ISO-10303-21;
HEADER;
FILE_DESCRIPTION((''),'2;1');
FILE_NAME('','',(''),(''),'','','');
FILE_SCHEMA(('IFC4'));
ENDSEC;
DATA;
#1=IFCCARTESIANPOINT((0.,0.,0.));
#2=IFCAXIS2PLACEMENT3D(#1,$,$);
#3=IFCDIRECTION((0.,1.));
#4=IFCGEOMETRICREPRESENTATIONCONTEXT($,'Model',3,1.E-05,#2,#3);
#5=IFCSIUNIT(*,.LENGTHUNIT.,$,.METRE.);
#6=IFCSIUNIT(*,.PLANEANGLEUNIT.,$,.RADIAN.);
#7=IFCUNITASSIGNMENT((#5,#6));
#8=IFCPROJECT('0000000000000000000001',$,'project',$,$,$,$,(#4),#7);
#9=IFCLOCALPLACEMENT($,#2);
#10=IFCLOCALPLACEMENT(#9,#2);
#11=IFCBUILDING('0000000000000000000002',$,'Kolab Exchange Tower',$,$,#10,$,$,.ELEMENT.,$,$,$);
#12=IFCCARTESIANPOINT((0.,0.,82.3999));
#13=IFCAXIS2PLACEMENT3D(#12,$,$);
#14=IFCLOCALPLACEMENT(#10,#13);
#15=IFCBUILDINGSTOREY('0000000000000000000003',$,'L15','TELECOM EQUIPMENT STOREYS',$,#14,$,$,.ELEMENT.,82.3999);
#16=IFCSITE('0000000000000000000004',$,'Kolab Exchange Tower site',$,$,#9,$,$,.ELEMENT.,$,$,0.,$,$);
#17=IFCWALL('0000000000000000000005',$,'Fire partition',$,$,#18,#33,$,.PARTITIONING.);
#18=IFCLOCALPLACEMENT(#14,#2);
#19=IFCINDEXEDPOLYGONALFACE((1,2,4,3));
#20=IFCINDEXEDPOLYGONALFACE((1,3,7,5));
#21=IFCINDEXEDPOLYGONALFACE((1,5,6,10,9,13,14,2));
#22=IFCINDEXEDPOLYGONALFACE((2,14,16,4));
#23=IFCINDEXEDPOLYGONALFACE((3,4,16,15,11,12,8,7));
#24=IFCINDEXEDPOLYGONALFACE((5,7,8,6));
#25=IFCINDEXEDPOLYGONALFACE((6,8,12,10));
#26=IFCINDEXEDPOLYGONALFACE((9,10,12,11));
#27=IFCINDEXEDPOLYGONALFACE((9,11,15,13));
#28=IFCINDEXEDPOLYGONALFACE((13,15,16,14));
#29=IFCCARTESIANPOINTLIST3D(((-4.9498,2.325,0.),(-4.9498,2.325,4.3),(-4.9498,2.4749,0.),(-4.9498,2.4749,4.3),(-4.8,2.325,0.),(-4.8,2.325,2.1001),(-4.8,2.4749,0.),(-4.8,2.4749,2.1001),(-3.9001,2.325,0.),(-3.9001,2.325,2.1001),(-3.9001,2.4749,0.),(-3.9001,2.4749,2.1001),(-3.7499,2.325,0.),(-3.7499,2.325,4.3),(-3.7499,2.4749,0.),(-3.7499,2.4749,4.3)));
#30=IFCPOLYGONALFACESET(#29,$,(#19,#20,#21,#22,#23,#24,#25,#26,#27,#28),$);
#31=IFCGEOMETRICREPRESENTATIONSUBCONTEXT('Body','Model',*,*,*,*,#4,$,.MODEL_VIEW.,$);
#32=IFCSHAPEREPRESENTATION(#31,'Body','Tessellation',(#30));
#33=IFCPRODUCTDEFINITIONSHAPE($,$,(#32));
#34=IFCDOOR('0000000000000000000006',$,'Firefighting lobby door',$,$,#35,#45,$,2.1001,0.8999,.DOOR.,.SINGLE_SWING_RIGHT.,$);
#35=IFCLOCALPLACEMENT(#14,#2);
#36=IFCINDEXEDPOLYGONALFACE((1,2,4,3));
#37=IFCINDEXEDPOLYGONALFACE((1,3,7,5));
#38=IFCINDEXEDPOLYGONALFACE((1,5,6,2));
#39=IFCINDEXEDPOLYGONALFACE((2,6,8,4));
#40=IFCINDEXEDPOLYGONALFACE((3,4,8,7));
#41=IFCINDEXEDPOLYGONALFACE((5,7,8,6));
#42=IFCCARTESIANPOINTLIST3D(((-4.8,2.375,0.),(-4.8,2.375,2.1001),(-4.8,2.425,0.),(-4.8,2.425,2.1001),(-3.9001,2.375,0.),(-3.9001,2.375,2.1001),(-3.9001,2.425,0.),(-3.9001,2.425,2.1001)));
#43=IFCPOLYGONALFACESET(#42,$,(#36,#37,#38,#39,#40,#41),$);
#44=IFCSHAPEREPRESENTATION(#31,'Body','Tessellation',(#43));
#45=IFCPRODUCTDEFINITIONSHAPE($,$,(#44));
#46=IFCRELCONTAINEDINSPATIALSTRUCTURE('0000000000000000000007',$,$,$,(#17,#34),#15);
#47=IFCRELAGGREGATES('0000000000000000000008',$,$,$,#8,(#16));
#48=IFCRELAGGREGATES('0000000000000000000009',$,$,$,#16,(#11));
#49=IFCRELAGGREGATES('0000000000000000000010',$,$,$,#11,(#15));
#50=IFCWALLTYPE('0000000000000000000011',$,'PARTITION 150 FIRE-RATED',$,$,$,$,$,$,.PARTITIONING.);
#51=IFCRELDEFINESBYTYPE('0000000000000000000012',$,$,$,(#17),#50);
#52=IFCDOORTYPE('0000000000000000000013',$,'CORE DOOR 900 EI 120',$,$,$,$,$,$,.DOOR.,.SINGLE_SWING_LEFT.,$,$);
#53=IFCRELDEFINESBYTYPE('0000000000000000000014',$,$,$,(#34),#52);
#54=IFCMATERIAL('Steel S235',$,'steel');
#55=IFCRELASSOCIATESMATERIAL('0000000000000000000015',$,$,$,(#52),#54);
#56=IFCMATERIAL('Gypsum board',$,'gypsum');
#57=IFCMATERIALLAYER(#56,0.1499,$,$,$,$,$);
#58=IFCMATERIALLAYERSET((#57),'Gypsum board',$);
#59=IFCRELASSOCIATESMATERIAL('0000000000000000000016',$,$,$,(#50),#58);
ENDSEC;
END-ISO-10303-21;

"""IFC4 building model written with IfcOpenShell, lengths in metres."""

from ifc_helpers import new_model, si_unit, direction, frame, frame_2d, origin, place, context, subcontext, project, spatial, rectangle, extrude, material, layer, layer_set, type_object, element, fill, save


model = new_model("IFC4")

# Units and contexts
model_context = context("Model", 3, precision=1e-05, world=origin(), true_north=direction((0.0, 1.0)))
body_context = subcontext(model_context, "Body", "Model", "MODEL_VIEW")
ifc_project = project(units=[si_unit("LENGTHUNIT", "METRE"), si_unit("PLANEANGLEUNIT", "RADIAN")], contexts=[model_context])

# Site, building, storey
site_placement = place(None, origin())
site = spatial("IfcSite", under=ifc_project, at=site_placement, Name="Kolab Exchange Tower site", CompositionType="ELEMENT", RefElevation=0.0)
building_placement = place(site_placement, origin())
building = spatial("IfcBuilding", under=site, at=building_placement, Name="Kolab Exchange Tower", CompositionType="ELEMENT")
storey_placement = place(building_placement, frame((0.0, 0.0, 82.3999)))
storey = spatial("IfcBuildingStorey", under=building, at=storey_placement, Name="L15", Description="TELECOM EQUIPMENT STOREYS", CompositionType="ELEMENT", Elevation=82.3999)

# Shared definitions
ifc_material_1 = material(Name="Steel S235", Category="steel")
door_type = type_object("IfcDoorType", Name="CORE DOOR 900 EI 120", OperationType="SINGLE_SWING_LEFT", PredefinedType="DOOR", material=ifc_material_1)

# Wall, opening, door
ifc_material_2 = material(Name="Gypsum board", Category="gypsum")
ifc_layer_1 = layer(ifc_material_2, 0.1499)
ifc_layer_set_1 = layer_set([ifc_layer_1], Name="Gypsum board")
wall_type_1 = type_object("IfcWallType", Name="PARTITION 150 FIRE-RATED", PredefinedType="PARTITIONING", material=ifc_layer_set_1)
wall_1_placement = place(storey_placement, frame((-4.95, 2.3999, 0.0), z_axis=(0.0, 0.0, 1.0), x_axis=(1.0, 0.0, 0.0)))
wall_1 = element("IfcWall", 1, at=wall_1_placement, inside=storey, type_object=wall_type_1, Name="Fire partition", PredefinedType="PARTITIONING", context=body_context, shape_type="SweptSolid", body=[
    extrude(rectangle(XDim=1.2, YDim=0.1499, at=frame_2d((0.6001, 0.0))), origin(), (0.0, 0.0, 1.0), 4.3),
])
opening_1_placement = place(wall_1_placement, frame((0.1499, 0.0, 0.0)))
opening_1 = element("IfcOpeningElement", 2, at=opening_1_placement, cuts=wall_1, PredefinedType="OPENING", context=body_context, shape_type="SweptSolid", body=[
    extrude(rectangle(XDim=0.8999, YDim=2.1001, at=frame_2d((0.45, 1.05))), frame((0.0, 0.085, 0.0), z_axis=(0.0, -1.0, 0.0), x_axis=(1.0, 0.0, 0.0)), (0.0, 0.0, 1.0), 0.1699),
])
door_1_placement = place(opening_1_placement, frame((0.8999, 0.0, 0.0), z_axis=(0.0, 0.0, 1.0), x_axis=(-1.0, 0.0, 0.0)))
door_1 = element("IfcDoor", 3, at=door_1_placement, inside=storey, type_object=door_type, Name="Firefighting lobby door", OperationType="SINGLE_SWING_RIGHT", OverallHeight=2.1001, OverallWidth=0.8999, PredefinedType="DOOR", context=body_context, shape_type="SweptSolid", body=[
    extrude(rectangle(XDim=0.8999, YDim=2.1001, at=frame_2d((0.45, 1.05))), frame((0.0, 0.0249, 0.0), z_axis=(0.0, -1.0, 0.0), x_axis=(1.0, 0.0, 0.0)), (0.0, 0.0, 1.0), 0.05),
])
fill(opening_1, door_1)

save(model, "model.ifc")
